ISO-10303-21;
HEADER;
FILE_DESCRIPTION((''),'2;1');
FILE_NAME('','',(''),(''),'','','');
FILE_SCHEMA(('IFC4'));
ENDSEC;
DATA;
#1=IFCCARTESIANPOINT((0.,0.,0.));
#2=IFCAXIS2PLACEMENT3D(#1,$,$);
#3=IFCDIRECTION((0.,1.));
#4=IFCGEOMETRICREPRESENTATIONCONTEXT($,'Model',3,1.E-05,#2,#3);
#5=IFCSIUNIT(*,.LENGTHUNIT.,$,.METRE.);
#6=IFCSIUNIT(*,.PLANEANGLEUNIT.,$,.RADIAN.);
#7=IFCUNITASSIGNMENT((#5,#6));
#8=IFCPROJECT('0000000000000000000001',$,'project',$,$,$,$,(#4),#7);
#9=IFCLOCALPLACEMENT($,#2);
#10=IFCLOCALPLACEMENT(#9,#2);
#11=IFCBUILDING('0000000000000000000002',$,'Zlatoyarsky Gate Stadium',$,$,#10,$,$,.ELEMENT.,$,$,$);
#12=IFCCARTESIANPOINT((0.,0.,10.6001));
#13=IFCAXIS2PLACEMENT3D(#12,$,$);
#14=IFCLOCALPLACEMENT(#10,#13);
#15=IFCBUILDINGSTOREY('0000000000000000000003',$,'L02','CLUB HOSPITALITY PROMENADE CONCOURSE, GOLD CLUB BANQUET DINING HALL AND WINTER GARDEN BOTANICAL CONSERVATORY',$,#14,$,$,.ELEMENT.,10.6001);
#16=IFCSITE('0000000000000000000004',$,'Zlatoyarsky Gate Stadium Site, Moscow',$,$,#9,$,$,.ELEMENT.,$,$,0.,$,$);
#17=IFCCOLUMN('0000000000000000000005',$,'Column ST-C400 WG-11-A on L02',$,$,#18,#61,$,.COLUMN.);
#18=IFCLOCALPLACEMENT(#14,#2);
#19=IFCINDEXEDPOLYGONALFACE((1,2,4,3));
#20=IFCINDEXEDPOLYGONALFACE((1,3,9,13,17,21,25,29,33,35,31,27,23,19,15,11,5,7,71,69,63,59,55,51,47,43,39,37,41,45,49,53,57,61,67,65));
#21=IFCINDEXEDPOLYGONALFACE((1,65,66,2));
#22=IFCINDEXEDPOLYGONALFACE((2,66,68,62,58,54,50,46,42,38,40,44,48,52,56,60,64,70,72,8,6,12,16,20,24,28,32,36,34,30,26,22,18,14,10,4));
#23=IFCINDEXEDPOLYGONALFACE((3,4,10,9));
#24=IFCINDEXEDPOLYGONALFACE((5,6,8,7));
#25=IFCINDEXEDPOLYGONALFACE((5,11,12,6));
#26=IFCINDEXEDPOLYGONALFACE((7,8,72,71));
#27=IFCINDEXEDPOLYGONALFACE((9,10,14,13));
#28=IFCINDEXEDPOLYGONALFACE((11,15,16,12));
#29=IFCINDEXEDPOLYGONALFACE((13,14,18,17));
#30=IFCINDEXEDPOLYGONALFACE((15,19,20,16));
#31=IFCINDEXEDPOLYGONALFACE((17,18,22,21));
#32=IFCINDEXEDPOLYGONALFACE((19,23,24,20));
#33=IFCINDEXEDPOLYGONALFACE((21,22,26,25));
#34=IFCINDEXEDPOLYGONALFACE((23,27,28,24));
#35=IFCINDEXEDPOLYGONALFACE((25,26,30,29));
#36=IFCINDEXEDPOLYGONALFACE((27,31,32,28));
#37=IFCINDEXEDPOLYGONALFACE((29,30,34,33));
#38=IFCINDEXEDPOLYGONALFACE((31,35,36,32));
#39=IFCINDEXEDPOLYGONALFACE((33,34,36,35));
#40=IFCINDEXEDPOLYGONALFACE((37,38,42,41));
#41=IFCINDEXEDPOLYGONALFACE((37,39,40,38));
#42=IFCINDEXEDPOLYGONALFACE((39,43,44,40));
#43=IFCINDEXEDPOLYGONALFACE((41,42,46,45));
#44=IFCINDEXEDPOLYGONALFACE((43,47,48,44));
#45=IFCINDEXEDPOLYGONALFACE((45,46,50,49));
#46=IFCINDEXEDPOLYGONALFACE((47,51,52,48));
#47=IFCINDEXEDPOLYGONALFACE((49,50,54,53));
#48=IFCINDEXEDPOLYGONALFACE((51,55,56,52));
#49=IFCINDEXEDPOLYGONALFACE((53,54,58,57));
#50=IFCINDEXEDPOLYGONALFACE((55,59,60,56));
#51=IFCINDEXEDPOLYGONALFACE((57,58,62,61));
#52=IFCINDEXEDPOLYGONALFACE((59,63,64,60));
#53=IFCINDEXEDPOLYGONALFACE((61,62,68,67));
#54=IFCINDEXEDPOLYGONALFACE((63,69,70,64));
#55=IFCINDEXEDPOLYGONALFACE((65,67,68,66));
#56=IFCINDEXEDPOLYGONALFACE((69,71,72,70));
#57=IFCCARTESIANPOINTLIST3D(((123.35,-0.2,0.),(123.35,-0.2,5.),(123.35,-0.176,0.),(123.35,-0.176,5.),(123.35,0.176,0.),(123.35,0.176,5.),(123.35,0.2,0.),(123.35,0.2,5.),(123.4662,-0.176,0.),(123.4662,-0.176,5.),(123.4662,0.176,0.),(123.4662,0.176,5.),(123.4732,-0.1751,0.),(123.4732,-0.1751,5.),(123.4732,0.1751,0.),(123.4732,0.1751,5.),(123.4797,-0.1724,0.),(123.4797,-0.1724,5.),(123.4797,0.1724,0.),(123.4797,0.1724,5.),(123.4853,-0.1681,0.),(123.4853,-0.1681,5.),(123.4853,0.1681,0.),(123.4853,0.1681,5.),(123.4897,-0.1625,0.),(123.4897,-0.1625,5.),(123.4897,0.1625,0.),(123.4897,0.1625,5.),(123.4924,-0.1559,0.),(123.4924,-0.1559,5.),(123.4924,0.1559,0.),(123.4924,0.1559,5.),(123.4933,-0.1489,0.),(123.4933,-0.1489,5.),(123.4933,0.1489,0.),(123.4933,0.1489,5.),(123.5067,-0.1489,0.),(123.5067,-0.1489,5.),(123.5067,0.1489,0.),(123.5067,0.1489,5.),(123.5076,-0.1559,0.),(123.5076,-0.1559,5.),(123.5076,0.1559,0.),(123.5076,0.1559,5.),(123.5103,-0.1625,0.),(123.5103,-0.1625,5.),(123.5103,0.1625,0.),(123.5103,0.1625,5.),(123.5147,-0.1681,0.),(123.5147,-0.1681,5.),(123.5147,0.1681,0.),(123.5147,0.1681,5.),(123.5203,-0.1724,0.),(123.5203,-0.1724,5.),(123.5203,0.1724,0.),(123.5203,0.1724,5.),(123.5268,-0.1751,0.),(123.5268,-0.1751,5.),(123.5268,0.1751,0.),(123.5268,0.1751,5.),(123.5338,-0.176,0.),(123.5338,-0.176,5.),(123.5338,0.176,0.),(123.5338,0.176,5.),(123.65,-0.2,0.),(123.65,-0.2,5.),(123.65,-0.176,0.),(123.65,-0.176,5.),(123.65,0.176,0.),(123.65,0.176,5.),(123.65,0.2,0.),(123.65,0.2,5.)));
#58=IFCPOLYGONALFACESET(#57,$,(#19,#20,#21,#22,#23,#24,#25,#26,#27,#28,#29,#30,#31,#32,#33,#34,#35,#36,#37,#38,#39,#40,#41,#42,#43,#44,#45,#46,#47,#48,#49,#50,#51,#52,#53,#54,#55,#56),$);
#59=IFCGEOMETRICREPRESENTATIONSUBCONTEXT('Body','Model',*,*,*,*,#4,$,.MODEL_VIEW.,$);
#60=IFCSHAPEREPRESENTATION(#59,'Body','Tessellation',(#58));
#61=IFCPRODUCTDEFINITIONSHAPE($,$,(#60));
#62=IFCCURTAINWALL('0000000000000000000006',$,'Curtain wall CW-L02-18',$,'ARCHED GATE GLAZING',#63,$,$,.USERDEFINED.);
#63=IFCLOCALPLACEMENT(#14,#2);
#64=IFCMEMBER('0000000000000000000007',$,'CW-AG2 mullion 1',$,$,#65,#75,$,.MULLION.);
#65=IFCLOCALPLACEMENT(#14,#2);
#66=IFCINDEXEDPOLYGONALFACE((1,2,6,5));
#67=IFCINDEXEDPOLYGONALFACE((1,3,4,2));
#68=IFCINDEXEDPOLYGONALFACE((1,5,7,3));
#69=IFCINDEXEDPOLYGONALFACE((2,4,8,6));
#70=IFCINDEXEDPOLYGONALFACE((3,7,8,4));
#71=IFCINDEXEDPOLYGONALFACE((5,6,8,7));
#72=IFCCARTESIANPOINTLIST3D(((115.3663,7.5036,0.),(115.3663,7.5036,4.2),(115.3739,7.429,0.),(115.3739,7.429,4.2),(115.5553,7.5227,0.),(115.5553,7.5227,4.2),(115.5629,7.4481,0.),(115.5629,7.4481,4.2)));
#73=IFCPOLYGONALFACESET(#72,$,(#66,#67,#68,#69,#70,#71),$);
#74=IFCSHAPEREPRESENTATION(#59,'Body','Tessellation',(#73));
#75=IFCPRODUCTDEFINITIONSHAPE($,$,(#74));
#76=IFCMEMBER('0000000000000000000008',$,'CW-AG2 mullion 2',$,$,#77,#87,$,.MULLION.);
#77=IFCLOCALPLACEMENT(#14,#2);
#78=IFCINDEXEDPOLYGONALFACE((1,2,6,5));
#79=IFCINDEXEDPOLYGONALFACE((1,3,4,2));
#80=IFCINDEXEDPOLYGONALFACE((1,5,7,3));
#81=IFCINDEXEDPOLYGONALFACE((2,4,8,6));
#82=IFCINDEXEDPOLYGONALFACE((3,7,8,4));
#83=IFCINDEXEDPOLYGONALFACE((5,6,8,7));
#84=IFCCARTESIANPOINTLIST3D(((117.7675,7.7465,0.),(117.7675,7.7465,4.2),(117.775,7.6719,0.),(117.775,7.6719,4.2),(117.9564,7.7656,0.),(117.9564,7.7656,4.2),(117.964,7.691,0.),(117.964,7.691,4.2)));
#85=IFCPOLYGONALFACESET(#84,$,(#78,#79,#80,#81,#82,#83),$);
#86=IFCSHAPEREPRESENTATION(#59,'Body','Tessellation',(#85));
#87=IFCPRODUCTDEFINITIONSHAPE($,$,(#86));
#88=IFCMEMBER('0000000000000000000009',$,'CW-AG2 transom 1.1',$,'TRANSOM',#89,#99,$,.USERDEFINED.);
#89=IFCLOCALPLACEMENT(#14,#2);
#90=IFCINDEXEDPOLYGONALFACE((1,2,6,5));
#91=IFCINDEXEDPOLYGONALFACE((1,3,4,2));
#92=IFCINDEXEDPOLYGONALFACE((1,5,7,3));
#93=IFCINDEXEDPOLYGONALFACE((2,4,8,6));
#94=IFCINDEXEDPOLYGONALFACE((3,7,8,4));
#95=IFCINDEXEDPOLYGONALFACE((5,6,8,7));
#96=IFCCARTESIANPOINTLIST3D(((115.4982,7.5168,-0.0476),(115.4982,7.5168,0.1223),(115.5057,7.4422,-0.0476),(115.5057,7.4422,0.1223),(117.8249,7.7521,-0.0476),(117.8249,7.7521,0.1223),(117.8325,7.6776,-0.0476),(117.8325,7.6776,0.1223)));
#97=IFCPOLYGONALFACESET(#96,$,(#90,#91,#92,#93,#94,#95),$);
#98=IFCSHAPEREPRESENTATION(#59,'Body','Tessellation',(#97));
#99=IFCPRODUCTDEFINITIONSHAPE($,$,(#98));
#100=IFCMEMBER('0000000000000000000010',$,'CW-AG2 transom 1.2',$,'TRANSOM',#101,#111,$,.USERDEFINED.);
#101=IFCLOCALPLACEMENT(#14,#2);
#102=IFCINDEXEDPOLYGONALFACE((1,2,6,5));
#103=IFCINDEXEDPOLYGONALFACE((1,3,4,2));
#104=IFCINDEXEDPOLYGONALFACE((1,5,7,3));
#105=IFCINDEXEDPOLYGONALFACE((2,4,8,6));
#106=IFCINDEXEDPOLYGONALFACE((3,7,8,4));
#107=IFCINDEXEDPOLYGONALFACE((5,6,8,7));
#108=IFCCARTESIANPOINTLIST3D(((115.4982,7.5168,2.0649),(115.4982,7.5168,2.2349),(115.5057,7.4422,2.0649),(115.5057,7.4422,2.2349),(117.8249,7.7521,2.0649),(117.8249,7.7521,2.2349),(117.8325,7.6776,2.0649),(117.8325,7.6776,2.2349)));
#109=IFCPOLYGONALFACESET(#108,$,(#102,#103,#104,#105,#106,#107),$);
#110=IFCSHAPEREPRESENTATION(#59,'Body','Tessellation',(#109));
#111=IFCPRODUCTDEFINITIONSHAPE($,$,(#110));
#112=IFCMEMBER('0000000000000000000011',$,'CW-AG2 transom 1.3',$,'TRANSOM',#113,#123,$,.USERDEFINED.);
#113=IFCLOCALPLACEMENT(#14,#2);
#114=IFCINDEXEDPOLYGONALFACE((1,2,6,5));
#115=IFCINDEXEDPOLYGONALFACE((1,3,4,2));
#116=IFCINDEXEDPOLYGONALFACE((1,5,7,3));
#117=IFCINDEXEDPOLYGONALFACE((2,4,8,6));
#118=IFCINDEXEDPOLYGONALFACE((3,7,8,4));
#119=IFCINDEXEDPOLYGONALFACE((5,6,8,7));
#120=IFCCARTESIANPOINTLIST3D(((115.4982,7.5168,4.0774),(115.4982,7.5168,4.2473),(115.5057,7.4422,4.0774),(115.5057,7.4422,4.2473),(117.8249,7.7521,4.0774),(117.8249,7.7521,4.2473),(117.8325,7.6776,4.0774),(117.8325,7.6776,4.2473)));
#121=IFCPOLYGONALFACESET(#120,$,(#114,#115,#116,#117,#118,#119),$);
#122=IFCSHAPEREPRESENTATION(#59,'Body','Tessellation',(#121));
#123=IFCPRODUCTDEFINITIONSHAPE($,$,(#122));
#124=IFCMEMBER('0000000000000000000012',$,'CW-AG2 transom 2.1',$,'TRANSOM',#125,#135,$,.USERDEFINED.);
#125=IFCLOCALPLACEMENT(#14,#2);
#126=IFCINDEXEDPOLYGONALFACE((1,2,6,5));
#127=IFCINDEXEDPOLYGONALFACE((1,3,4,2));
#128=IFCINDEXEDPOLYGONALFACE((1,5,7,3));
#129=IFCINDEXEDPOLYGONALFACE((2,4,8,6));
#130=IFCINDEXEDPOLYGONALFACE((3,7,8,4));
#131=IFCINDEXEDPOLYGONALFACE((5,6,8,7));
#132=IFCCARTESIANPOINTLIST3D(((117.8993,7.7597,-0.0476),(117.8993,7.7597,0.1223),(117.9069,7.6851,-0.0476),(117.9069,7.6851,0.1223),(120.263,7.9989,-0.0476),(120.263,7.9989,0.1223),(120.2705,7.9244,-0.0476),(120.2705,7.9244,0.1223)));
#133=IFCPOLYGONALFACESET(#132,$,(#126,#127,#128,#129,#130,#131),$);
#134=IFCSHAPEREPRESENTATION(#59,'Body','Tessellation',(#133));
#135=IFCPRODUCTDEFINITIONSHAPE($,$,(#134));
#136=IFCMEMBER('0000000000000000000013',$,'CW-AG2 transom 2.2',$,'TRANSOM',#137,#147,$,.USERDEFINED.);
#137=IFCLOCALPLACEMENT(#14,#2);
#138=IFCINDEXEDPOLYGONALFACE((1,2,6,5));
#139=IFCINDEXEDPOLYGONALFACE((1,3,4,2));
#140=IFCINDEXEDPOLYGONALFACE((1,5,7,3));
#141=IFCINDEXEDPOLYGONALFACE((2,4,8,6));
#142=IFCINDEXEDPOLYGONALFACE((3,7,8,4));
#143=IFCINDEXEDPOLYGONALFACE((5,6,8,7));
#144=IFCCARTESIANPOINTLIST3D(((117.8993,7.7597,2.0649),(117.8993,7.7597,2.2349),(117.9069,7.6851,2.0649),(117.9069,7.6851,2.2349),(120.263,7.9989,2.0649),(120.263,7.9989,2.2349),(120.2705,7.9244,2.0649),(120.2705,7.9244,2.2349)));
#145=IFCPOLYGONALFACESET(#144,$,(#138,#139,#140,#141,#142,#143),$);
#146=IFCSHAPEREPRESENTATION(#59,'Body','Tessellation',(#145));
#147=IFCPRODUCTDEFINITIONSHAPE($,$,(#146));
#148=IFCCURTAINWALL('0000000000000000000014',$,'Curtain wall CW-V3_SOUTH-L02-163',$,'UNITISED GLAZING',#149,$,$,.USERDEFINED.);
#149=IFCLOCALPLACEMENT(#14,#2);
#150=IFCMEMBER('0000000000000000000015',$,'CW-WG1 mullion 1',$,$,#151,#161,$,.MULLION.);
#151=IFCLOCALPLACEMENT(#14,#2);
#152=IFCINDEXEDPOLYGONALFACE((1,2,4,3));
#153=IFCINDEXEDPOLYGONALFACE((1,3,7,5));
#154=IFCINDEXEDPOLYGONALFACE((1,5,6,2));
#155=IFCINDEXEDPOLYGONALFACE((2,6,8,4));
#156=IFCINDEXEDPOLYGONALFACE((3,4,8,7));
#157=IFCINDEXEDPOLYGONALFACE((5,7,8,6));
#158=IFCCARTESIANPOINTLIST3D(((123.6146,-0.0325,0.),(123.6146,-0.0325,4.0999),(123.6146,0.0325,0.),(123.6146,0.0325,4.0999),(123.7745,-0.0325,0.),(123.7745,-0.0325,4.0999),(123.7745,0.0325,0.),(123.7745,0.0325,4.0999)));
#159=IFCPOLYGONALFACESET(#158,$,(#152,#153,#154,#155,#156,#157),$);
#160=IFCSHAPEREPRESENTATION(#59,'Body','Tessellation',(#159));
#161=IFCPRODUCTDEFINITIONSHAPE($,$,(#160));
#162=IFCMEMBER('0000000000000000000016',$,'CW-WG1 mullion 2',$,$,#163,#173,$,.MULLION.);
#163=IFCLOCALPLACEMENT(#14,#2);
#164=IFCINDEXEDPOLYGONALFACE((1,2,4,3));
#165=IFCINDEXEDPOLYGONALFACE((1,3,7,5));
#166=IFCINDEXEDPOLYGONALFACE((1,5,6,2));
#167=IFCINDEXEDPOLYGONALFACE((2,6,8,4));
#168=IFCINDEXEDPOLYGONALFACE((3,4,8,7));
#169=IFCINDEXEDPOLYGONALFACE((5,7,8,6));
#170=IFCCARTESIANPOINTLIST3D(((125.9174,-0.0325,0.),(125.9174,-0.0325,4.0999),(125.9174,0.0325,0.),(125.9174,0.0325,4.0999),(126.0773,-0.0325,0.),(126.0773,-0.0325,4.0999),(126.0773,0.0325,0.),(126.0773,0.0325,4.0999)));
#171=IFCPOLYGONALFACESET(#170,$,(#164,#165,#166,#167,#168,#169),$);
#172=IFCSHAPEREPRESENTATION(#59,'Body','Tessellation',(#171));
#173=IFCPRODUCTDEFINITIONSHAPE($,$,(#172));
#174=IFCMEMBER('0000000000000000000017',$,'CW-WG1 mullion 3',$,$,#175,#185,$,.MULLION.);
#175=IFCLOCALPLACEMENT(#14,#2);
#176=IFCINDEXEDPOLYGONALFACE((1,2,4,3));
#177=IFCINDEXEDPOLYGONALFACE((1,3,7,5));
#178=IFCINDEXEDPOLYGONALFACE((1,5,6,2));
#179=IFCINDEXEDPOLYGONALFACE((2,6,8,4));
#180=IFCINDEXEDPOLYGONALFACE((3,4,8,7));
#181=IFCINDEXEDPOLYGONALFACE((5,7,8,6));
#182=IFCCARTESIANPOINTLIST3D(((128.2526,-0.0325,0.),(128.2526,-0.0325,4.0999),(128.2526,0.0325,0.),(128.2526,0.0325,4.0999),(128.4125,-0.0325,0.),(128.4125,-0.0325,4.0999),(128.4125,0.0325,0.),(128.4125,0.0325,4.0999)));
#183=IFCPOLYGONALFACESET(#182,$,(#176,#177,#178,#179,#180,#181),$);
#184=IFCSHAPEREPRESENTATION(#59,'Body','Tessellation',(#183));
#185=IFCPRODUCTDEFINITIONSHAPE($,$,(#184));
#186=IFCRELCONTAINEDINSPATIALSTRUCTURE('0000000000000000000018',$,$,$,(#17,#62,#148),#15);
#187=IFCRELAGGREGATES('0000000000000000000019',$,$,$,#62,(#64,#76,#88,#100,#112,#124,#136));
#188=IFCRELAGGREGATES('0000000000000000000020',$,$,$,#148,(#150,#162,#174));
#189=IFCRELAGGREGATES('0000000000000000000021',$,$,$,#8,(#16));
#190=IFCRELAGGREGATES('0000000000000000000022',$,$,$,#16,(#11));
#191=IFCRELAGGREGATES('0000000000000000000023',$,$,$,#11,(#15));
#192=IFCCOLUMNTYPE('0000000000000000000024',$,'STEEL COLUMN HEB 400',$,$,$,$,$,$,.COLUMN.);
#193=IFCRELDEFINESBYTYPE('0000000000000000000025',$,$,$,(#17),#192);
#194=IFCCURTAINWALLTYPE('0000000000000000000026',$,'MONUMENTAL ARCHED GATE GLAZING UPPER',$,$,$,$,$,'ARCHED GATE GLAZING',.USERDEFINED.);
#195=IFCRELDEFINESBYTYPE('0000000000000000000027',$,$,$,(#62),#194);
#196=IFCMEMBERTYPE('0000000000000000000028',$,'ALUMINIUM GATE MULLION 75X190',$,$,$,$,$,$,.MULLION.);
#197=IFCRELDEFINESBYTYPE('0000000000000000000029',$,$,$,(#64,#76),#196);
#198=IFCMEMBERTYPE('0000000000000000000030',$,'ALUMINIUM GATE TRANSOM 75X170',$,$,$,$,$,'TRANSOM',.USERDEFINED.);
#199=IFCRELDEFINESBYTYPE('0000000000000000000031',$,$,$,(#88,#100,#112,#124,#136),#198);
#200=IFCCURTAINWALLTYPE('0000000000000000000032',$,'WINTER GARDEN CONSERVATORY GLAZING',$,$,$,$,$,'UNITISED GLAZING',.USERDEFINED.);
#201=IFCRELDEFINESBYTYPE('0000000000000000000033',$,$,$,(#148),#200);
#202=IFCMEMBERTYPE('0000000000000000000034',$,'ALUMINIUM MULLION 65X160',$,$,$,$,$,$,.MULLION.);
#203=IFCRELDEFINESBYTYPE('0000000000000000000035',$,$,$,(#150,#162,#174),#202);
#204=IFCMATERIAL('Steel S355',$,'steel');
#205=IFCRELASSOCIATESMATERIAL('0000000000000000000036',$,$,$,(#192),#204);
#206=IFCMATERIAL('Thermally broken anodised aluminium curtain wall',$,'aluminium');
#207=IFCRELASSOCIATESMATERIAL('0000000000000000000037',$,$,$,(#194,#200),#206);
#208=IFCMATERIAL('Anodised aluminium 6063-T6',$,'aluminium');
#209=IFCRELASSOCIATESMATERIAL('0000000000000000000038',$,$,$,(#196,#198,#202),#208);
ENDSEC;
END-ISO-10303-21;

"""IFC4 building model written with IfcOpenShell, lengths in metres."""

from ifc_helpers import new_model, si_unit, direction, frame, origin, origin_2d, place, context, subcontext, project, spatial, rectangle, i_section, extrude, material, material_profile, profile_set, type_object, element, aggregate, save


model = new_model("IFC4")

# Units and contexts
model_context = context("Model", 3, precision=1e-05, world=origin(), true_north=direction((0.0, 1.0)))
body_context = subcontext(model_context, "Body", "Model", "MODEL_VIEW")
ifc_project = project(units=[si_unit("LENGTHUNIT", "METRE"), si_unit("PLANEANGLEUNIT", "RADIAN")], contexts=[model_context])

# Site, building, storey
site_placement = place(None, origin())
site = spatial("IfcSite", under=ifc_project, at=site_placement, Name="Zlatoyarsky Gate Stadium Site, Moscow", CompositionType="ELEMENT", RefElevation=0.0)
building_placement = place(site_placement, origin())
building = spatial("IfcBuilding", under=site, at=building_placement, Name="Zlatoyarsky Gate Stadium", CompositionType="ELEMENT")
storey_placement = place(building_placement, frame((0.0, 0.0, 10.6001)))
storey = spatial("IfcBuildingStorey", under=building, at=storey_placement, Name="L02", Description="CLUB HOSPITALITY PROMENADE CONCOURSE, GOLD CLUB BANQUET DINING HALL AND WINTER GARDEN BOTANICAL CONSERVATORY", CompositionType="ELEMENT", Elevation=10.6001)

# Column
ifc_material_1 = material(Name="Steel S355", Category="steel")
ifc_material_profile_1 = material_profile(ifc_material_1, i_section(OverallWidth=0.3, OverallDepth=0.3999, WebThickness=0.0134, FlangeThickness=0.0239, FilletRadius=0.0271, at=origin_2d()), Name="HEB 400")
ifc_profile_set_1 = profile_set([ifc_material_profile_1], Name="Steel S355")
column_type = type_object("IfcColumnType", Name="STEEL COLUMN HEB 400", PredefinedType="COLUMN", material=ifc_profile_set_1)
column_placement = place(storey_placement, frame((123.5, 0.0, 0.0), z_axis=(0.0, 0.0, 1.0), x_axis=(1.0, 0.0, 0.0)))
element("IfcColumn", 1, at=column_placement, inside=storey, type_object=column_type, Name="Column ST-C400 WG-11-A on L02", PredefinedType="COLUMN", context=body_context, shape_type="SweptSolid", body=[
    extrude(i_section(OverallWidth=0.3, OverallDepth=0.3999, WebThickness=0.0134, FlangeThickness=0.0239, FilletRadius=0.0271, at=origin_2d()), origin(), (0.0, 0.0, 1.0), 5.0),
])

# Curtain walls, members
ifc_material_2 = material(Name="Thermally broken anodised aluminium curtain wall", Category="aluminium")
curtain_wall_type_1 = type_object("IfcCurtainWallType", Name="MONUMENTAL ARCHED GATE GLAZING UPPER", ElementType="ARCHED GATE GLAZING", PredefinedType="USERDEFINED", material=ifc_material_2)
curtain_wall_1_placement = place(storey_placement, origin())
curtain_wall_1 = element("IfcCurtainWall", 2, at=curtain_wall_1_placement, inside=storey, type_object=curtain_wall_type_1, Name="Curtain wall CW-L02-18", ObjectType="ARCHED GATE GLAZING", PredefinedType="USERDEFINED")
ifc_material_3 = material(Name="Anodised aluminium 6063-T6", Category="aluminium")
ifc_material_profile_2 = material_profile(ifc_material_3, rectangle(XDim=0.075, YDim=0.1899, at=origin_2d()), Name="ALU 75X190")
ifc_profile_set_2 = profile_set([ifc_material_profile_2], Name="Anodised aluminium 6063-T6")
member_type_1 = type_object("IfcMemberType", Name="ALUMINIUM GATE MULLION 75X190", PredefinedType="MULLION", material=ifc_profile_set_2)
member_1_placement = place(storey_placement, frame((115.4646, 7.4758, 0.0), z_axis=(0.0, 0.0, 1.0), x_axis=(-0.100642, 0.994923, 0.0)))
member_1 = element("IfcMember", 3, at=member_1_placement, type_object=member_type_1, Name="CW-AG2 mullion 1", PredefinedType="MULLION", context=body_context, shape_type="SweptSolid", body=[
    extrude(rectangle(XDim=0.075, YDim=0.1899, at=origin_2d()), origin(), (0.0, 0.0, 1.0), 4.2),
])
member_2_placement = place(storey_placement, frame((117.8657, 7.7188, 0.0), z_axis=(0.0, 0.0, 1.0), x_axis=(-0.100642, 0.994923, 0.0)))
member_2 = element("IfcMember", 4, at=member_2_placement, type_object=member_type_1, Name="CW-AG2 mullion 2", PredefinedType="MULLION", context=body_context, shape_type="SweptSolid", body=[
    extrude(rectangle(XDim=0.075, YDim=0.1899, at=origin_2d()), origin(), (0.0, 0.0, 1.0), 4.2),
])
ifc_material_profile_3 = material_profile(ifc_material_3, rectangle(XDim=0.075, YDim=0.1699, at=origin_2d()), Name="ALU 75X170")
ifc_profile_set_3 = profile_set([ifc_material_profile_3], Name="Anodised aluminium 6063-T6")
member_type_2 = type_object("IfcMemberType", Name="ALUMINIUM GATE TRANSOM 75X170", ElementType="TRANSOM", PredefinedType="USERDEFINED", material=ifc_profile_set_3)
member_3_placement = place(storey_placement, frame((115.502, 7.4795, 0.0374), z_axis=(0.994923, 0.100641, 0.0), x_axis=(-0.100641, 0.994923, 0.0)))
member_3 = element("IfcMember", 5, at=member_3_placement, type_object=member_type_2, Name="CW-AG2 transom 1.1", ObjectType="TRANSOM", PredefinedType="USERDEFINED", context=body_context, shape_type="SweptSolid", body=[
    extrude(rectangle(XDim=0.075, YDim=0.1699, at=origin_2d()), origin(), (0.0, 0.0, 1.0), 2.3386),
])
member_4_placement = place(storey_placement, frame((115.502, 7.4795, 2.1499), z_axis=(0.994923, 0.100641, 0.0), x_axis=(-0.100641, 0.994923, 0.0)))
member_4 = element("IfcMember", 6, at=member_4_placement, type_object=member_type_2, Name="CW-AG2 transom 1.2", ObjectType="TRANSOM", PredefinedType="USERDEFINED", context=body_context, shape_type="SweptSolid", body=[
    extrude(rectangle(XDim=0.075, YDim=0.1699, at=origin_2d()), origin(), (0.0, 0.0, 1.0), 2.3386),
])
member_5_placement = place(storey_placement, frame((115.502, 7.4795, 4.1624), z_axis=(0.994923, 0.100641, 0.0), x_axis=(-0.100641, 0.994923, 0.0)))
member_5 = element("IfcMember", 7, at=member_5_placement, type_object=member_type_2, Name="CW-AG2 transom 1.3", ObjectType="TRANSOM", PredefinedType="USERDEFINED", context=body_context, shape_type="SweptSolid", body=[
    extrude(rectangle(XDim=0.075, YDim=0.1699, at=origin_2d()), origin(), (0.0, 0.0, 1.0), 2.3386),
])
member_6_placement = place(storey_placement, frame((117.9031, 7.7224, 0.0374), z_axis=(0.994916, 0.100704, 0.0), x_axis=(-0.100704, 0.994916, 0.0)))
member_6 = element("IfcMember", 8, at=member_6_placement, type_object=member_type_2, Name="CW-AG2 transom 2.1", ObjectType="TRANSOM", PredefinedType="USERDEFINED", context=body_context, shape_type="SweptSolid", body=[
    extrude(rectangle(XDim=0.075, YDim=0.1699, at=origin_2d()), origin(), (0.0, 0.0, 1.0), 2.3757),
])
member_7_placement = place(storey_placement, frame((117.9031, 7.7224, 2.1499), z_axis=(0.994916, 0.100704, 0.0), x_axis=(-0.100704, 0.994916, 0.0)))
member_7 = element("IfcMember", 9, at=member_7_placement, type_object=member_type_2, Name="CW-AG2 transom 2.2", ObjectType="TRANSOM", PredefinedType="USERDEFINED", context=body_context, shape_type="SweptSolid", body=[
    extrude(rectangle(XDim=0.075, YDim=0.1699, at=origin_2d()), origin(), (0.0, 0.0, 1.0), 2.3757),
])
curtain_wall_type_2 = type_object("IfcCurtainWallType", Name="WINTER GARDEN CONSERVATORY GLAZING", ElementType="UNITISED GLAZING", PredefinedType="USERDEFINED", material=ifc_material_2)
curtain_wall_2_placement = place(storey_placement, origin())
curtain_wall_2 = element("IfcCurtainWall", 10, at=curtain_wall_2_placement, inside=storey, type_object=curtain_wall_type_2, Name="Curtain wall CW-V3_SOUTH-L02-163", ObjectType="UNITISED GLAZING", PredefinedType="USERDEFINED")
ifc_material_profile_4 = material_profile(ifc_material_3, rectangle(XDim=0.0649, YDim=0.1599, at=origin_2d()), Name="ALU 65X160")
ifc_profile_set_4 = profile_set([ifc_material_profile_4], Name="Anodised aluminium 6063-T6")
member_type_3 = type_object("IfcMemberType", Name="ALUMINIUM MULLION 65X160", PredefinedType="MULLION", material=ifc_profile_set_4)
member_8_placement = place(storey_placement, frame((123.6946, 0.0, 0.0), z_axis=(0.0, 0.0, 1.0), x_axis=(0.0, 1.0, 0.0)))
member_8 = element("IfcMember", 11, at=member_8_placement, type_object=member_type_3, Name="CW-WG1 mullion 1", PredefinedType="MULLION", context=body_context, shape_type="SweptSolid", body=[
    extrude(rectangle(XDim=0.0649, YDim=0.1599, at=origin_2d()), origin(), (0.0, 0.0, 1.0), 4.0999),
])
member_9_placement = place(storey_placement, frame((125.9973, 0.0, 0.0), z_axis=(0.0, 0.0, 1.0), x_axis=(0.0, 1.0, 0.0)))
member_9 = element("IfcMember", 12, at=member_9_placement, type_object=member_type_3, Name="CW-WG1 mullion 2", PredefinedType="MULLION", context=body_context, shape_type="SweptSolid", body=[
    extrude(rectangle(XDim=0.0649, YDim=0.1599, at=origin_2d()), origin(), (0.0, 0.0, 1.0), 4.0999),
])
member_10_placement = place(storey_placement, frame((128.3325, 0.0, 0.0), z_axis=(0.0, 0.0, 1.0), x_axis=(0.0, 1.0, 0.0)))
member_10 = element("IfcMember", 13, at=member_10_placement, type_object=member_type_3, Name="CW-WG1 mullion 3", PredefinedType="MULLION", context=body_context, shape_type="SweptSolid", body=[
    extrude(rectangle(XDim=0.0649, YDim=0.1599, at=origin_2d()), origin(), (0.0, 0.0, 1.0), 4.0999),
])

aggregate(curtain_wall_1, [member_1, member_2, member_3, member_4, member_5, member_6, member_7])
aggregate(curtain_wall_2, [member_8, member_9, member_10])

save(model, "model.ifc")
